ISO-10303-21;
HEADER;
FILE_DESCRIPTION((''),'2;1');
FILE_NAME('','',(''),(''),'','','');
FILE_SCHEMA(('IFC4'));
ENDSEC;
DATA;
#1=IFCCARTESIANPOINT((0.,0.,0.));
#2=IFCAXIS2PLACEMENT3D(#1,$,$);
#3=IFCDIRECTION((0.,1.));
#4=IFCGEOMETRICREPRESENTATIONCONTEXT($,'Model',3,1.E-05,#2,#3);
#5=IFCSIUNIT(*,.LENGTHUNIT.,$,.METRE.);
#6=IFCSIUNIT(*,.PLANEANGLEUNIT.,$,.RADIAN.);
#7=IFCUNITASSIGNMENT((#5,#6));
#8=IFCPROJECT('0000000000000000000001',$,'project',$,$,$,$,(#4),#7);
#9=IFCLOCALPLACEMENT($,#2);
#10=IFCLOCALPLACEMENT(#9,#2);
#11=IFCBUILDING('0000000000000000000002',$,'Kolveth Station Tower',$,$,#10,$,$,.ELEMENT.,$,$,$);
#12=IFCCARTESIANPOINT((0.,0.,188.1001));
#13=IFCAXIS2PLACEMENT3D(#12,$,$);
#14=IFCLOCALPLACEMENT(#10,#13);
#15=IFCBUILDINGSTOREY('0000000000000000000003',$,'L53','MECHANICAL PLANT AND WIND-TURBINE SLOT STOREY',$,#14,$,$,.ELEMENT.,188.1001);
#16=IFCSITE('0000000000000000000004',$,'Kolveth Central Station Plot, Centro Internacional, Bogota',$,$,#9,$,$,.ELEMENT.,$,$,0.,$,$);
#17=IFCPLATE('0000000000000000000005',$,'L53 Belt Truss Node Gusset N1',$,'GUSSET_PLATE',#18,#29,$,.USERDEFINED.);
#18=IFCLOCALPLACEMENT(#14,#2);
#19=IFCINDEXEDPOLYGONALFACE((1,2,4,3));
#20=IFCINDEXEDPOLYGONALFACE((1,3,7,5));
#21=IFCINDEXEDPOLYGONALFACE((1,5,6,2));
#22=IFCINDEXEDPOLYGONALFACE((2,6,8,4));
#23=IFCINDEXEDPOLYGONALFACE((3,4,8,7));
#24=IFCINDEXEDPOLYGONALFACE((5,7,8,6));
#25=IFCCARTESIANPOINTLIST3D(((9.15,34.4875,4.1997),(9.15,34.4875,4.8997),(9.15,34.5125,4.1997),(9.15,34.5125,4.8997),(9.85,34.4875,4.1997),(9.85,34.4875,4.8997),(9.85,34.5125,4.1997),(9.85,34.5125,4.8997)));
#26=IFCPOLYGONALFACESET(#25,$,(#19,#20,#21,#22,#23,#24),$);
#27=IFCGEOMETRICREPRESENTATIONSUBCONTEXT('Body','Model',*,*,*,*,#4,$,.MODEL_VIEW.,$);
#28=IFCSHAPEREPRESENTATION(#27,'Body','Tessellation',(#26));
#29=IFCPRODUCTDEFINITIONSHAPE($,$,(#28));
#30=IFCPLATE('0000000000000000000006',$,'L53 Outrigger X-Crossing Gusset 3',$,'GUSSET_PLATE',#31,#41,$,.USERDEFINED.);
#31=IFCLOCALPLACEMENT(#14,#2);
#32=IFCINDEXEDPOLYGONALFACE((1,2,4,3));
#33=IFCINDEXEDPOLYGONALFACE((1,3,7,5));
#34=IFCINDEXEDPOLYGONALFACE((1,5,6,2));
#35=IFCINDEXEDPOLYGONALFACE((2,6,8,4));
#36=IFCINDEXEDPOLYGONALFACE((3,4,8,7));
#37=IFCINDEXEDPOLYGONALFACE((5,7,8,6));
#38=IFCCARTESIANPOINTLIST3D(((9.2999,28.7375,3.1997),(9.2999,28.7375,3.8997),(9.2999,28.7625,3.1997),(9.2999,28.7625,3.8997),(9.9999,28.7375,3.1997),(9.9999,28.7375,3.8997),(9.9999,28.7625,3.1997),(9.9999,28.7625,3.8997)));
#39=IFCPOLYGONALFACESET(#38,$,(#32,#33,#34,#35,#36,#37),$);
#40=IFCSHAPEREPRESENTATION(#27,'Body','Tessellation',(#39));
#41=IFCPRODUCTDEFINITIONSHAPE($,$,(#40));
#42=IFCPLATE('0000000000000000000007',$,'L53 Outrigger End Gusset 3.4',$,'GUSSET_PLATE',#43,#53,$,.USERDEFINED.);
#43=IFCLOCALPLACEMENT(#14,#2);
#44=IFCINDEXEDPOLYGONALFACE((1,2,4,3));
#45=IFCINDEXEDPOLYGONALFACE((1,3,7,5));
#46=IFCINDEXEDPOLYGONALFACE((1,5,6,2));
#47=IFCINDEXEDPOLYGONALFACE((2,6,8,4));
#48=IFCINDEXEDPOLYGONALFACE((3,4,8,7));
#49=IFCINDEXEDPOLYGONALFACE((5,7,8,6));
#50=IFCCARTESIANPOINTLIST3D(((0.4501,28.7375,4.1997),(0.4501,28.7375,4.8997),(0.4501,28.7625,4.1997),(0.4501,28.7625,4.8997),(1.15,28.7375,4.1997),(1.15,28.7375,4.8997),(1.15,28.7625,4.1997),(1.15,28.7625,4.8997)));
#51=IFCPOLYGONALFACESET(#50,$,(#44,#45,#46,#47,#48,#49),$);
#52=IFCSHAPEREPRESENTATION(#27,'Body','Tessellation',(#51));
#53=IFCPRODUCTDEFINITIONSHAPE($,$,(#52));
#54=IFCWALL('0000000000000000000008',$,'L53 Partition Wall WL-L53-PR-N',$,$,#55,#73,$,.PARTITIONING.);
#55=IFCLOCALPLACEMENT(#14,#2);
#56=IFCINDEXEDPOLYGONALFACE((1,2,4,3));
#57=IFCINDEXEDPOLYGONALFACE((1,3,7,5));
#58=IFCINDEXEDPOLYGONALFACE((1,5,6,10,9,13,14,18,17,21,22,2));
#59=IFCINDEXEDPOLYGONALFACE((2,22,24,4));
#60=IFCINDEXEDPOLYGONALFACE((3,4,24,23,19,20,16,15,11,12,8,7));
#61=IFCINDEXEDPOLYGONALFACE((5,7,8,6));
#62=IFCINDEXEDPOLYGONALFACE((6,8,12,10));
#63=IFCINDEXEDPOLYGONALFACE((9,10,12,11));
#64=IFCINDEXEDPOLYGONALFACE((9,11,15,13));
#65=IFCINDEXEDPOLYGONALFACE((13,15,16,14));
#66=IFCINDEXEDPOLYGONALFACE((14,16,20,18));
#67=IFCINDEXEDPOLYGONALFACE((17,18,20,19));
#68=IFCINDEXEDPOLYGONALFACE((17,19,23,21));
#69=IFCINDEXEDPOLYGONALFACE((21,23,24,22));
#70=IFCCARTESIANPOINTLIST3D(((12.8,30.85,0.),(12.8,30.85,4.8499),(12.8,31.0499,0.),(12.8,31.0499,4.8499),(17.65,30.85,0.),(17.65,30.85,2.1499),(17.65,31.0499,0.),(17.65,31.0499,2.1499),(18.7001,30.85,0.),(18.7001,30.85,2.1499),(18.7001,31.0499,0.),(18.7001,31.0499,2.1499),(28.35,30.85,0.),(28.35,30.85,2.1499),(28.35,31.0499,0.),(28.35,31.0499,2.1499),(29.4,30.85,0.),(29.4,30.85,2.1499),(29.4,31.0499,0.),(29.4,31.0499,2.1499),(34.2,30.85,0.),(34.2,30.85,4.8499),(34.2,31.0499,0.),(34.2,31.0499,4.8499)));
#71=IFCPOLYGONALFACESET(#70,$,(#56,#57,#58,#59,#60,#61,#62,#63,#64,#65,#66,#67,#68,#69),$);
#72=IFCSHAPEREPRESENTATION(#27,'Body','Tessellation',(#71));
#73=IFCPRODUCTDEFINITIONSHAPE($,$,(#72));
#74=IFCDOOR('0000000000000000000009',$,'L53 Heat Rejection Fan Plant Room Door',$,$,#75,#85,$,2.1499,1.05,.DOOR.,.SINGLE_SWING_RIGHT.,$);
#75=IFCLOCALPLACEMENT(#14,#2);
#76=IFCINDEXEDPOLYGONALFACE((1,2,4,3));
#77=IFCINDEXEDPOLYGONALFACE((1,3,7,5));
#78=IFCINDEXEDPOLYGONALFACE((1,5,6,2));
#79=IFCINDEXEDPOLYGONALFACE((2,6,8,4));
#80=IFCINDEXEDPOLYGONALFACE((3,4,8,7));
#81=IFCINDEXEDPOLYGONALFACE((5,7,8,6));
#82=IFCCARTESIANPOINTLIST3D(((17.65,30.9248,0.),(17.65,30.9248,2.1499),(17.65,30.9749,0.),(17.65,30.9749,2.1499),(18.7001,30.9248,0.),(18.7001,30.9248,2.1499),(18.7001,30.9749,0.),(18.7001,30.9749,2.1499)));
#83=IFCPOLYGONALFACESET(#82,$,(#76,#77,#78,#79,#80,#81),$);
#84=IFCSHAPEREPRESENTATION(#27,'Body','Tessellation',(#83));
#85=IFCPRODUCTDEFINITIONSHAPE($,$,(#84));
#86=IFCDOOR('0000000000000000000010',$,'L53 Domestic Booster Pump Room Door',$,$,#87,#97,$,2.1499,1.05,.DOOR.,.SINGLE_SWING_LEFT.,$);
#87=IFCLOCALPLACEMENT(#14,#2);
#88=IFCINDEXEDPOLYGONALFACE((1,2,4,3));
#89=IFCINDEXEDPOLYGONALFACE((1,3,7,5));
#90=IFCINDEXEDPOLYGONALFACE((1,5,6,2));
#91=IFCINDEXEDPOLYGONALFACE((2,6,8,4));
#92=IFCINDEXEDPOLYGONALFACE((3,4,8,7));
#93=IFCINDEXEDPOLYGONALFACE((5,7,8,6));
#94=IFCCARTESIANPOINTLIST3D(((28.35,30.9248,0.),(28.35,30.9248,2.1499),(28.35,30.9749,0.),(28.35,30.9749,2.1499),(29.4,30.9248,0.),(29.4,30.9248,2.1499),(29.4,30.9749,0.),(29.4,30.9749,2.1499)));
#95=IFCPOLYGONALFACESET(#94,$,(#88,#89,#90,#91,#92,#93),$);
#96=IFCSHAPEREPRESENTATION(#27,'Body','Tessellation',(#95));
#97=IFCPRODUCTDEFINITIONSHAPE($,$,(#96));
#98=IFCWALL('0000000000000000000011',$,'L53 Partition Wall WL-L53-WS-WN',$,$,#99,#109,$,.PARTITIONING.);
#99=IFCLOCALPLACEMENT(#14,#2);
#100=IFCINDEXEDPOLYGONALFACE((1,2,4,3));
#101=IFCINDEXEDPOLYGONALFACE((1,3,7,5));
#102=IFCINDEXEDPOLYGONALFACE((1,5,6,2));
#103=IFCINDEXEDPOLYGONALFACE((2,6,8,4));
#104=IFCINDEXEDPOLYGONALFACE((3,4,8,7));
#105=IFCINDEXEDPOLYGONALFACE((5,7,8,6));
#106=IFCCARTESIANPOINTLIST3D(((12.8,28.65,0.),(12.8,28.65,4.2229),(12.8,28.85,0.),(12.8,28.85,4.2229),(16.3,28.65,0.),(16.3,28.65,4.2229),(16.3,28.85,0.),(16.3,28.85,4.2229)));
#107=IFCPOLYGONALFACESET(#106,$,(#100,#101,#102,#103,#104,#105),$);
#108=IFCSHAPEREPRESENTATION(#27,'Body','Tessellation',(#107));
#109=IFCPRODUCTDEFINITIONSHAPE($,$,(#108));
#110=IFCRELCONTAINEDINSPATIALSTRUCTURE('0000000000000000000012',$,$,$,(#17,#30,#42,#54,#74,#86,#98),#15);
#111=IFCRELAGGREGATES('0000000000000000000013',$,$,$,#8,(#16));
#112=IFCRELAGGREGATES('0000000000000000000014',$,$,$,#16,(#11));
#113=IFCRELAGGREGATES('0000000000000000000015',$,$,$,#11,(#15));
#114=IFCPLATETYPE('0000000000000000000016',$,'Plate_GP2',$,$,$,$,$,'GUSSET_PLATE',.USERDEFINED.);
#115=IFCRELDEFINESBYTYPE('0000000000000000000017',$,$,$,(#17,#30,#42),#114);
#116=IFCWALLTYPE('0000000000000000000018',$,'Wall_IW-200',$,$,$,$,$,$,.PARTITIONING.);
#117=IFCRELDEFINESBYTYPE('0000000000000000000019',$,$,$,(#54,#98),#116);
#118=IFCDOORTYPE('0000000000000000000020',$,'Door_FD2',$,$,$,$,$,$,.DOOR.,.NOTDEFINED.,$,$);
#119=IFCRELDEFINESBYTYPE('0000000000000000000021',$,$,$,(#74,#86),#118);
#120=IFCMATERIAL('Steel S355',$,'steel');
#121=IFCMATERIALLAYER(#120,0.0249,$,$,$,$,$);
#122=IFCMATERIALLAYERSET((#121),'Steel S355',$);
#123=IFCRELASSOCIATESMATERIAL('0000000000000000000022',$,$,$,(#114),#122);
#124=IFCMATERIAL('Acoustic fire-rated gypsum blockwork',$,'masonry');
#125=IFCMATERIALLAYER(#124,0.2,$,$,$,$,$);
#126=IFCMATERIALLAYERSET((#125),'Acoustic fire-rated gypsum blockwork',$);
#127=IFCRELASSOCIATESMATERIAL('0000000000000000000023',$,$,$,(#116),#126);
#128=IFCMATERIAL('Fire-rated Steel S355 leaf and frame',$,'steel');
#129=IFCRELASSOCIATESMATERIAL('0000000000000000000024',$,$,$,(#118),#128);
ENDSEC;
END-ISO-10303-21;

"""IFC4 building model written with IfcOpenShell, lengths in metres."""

from ifc_helpers import new_model, si_unit, direction, frame, frame_2d, origin, origin_2d, place, context, subcontext, project, spatial, rectangle, extrude, source, transform, mapped, material, layer, layer_set, type_object, element, fill, save


model = new_model("IFC4")

# Units and contexts
model_context = context("Model", 3, precision=1e-05, world=origin(), true_north=direction((0.0, 1.0)))
body_context = subcontext(model_context, "Body", "Model", "MODEL_VIEW")
ifc_project = project(units=[si_unit("LENGTHUNIT", "METRE"), si_unit("PLANEANGLEUNIT", "RADIAN")], contexts=[model_context])

# Site, building, storey
site_placement = place(None, origin())
site = spatial("IfcSite", under=ifc_project, at=site_placement, Name="Kolveth Central Station Plot, Centro Internacional, Bogota", CompositionType="ELEMENT", RefElevation=0.0)
building_placement = place(site_placement, origin())
building = spatial("IfcBuilding", under=site, at=building_placement, Name="Kolveth Station Tower", CompositionType="ELEMENT")
storey_placement = place(building_placement, frame((0.0, 0.0, 188.1001)))
storey = spatial("IfcBuildingStorey", under=building, at=storey_placement, Name="L53", Description="MECHANICAL PLANT AND WIND-TURBINE SLOT STOREY", CompositionType="ELEMENT", Elevation=188.1001)

# Shared definitions
ifc_material_1 = material(Name="Steel S355", Category="steel")

# Plates
ifc_layer_1 = layer(ifc_material_1, 0.0249)
ifc_layer_set_1 = layer_set([ifc_layer_1], Name="Steel S355")
plate_type = type_object("IfcPlateType", Name="Plate_GP2", ElementType="GUSSET_PLATE", PredefinedType="USERDEFINED", material=ifc_layer_set_1)
shared_shape_1 = source(origin(), body_context, "Body", "SweptSolid", [
    extrude(rectangle(XDim=0.7, YDim=0.0249, at=origin_2d()), origin(), (0.0, 0.0, 1.0), 0.7),
])
for number, where, z_axis, x_axis, name in (
    (1, (9.5, 34.5, 4.1997), (0.0, 0.0, 1.0), (1.0, 0.0, 0.0), "L53 Belt Truss Node Gusset N1"),
    (2, (9.6499, 28.75, 3.1997), (0.0, 0.0, 1.0), (1.0, 0.0, 0.0), "L53 Outrigger X-Crossing Gusset 3"),
    (3, (0.8, 28.75, 4.1997), (0.0, 0.0, 1.0), (1.0, 0.0, 0.0), "L53 Outrigger End Gusset 3.4"),
):
    element("IfcPlate", number, at=place(storey_placement, frame(where, z_axis=z_axis, x_axis=x_axis)), inside=storey, type_object=plate_type, Name=name, ObjectType="GUSSET_PLATE", PredefinedType="USERDEFINED", context=body_context, shape_type="MappedRepresentation", body=[
        mapped(shared_shape_1, transform((0.0, 0.0, 0.0), x_axis=(1.0, 0.0, 0.0), y_axis=(0.0, 1.0, 0.0), z_axis=(0.0, 0.0, 1.0), scale=1.0)),
    ])

# Wall, openings, doors
ifc_material_2 = material(Name="Acoustic fire-rated gypsum blockwork", Category="masonry")
ifc_layer_2 = layer(ifc_material_2, 0.2)
ifc_layer_set_2 = layer_set([ifc_layer_2], Name="Acoustic fire-rated gypsum blockwork")
wall_type = type_object("IfcWallType", Name="Wall_IW-200", PredefinedType="PARTITIONING", material=ifc_layer_set_2)
wall_1_placement = place(storey_placement, frame((12.8, 30.95, 0.0), z_axis=(0.0, 0.0, 1.0), x_axis=(1.0, 0.0, 0.0)))
wall_1 = element("IfcWall", 4, at=wall_1_placement, inside=storey, type_object=wall_type, Name="L53 Partition Wall WL-L53-PR-N", PredefinedType="PARTITIONING", context=body_context, shape_type="SweptSolid", body=[
    extrude(rectangle(XDim=21.3999, YDim=0.2, at=frame_2d((10.7, 0.0))), origin(), (0.0, 0.0, 1.0), 4.8499),
])
opening_1_placement = place(wall_1_placement, frame((4.8501, 0.0, 0.0)))
opening_1 = element("IfcOpeningElement", 5, at=opening_1_placement, cuts=wall_1, PredefinedType="OPENING", context=body_context, shape_type="SweptSolid", body=[
    extrude(rectangle(XDim=1.05, YDim=2.1499, at=frame_2d((0.5249, 1.075))), frame((0.0, 0.1099, 0.0), z_axis=(0.0, -1.0, 0.0), x_axis=(1.0, 0.0, 0.0)), (0.0, 0.0, 1.0), 0.22),
])
opening_2_placement = place(wall_1_placement, frame((15.55, 0.0, 0.0)))
opening_2 = element("IfcOpeningElement", 6, at=opening_2_placement, cuts=wall_1, PredefinedType="OPENING", context=body_context, shape_type="SweptSolid", body=[
    extrude(rectangle(XDim=1.05, YDim=2.1499, at=frame_2d((0.5249, 1.075))), frame((0.0, 0.1099, 0.0), z_axis=(0.0, -1.0, 0.0), x_axis=(1.0, 0.0, 0.0)), (0.0, 0.0, 1.0), 0.22),
])
ifc_material_3 = material(Name="Fire-rated Steel S355 leaf and frame", Category="steel")
door_type = type_object("IfcDoorType", Name="Door_FD2", OperationType="NOTDEFINED", PredefinedType="DOOR", material=ifc_material_3)
door_1_placement = place(opening_1_placement, origin())
door_1 = element("IfcDoor", 7, at=door_1_placement, inside=storey, type_object=door_type, Name="L53 Heat Rejection Fan Plant Room Door", OperationType="SINGLE_SWING_RIGHT", OverallHeight=2.1499, OverallWidth=1.05, PredefinedType="DOOR", context=body_context, shape_type="SweptSolid", body=[
    extrude(rectangle(XDim=1.05, YDim=2.1499, at=frame_2d((0.5249, 1.075))), frame((0.0, 0.0249, 0.0), z_axis=(0.0, -1.0, 0.0), x_axis=(1.0, 0.0, 0.0)), (0.0, 0.0, 1.0), 0.05),
])
fill(opening_1, door_1)
door_2_placement = place(opening_2_placement, origin())
door_2 = element("IfcDoor", 8, at=door_2_placement, inside=storey, type_object=door_type, Name="L53 Domestic Booster Pump Room Door", OperationType="SINGLE_SWING_LEFT", OverallHeight=2.1499, OverallWidth=1.05, PredefinedType="DOOR", context=body_context, shape_type="SweptSolid", body=[
    extrude(rectangle(XDim=1.05, YDim=2.1499, at=frame_2d((0.5249, 1.075))), frame((0.0, 0.0249, 0.0), z_axis=(0.0, -1.0, 0.0), x_axis=(1.0, 0.0, 0.0)), (0.0, 0.0, 1.0), 0.05),
])
fill(opening_2, door_2)

# Wall
wall_2_placement = place(storey_placement, frame((12.8, 28.75, 0.0), z_axis=(0.0, 0.0, 1.0), x_axis=(1.0, 0.0, 0.0)))
element("IfcWall", 9, at=wall_2_placement, inside=storey, type_object=wall_type, Name="L53 Partition Wall WL-L53-WS-WN", PredefinedType="PARTITIONING", context=body_context, shape_type="SweptSolid", body=[
    extrude(rectangle(XDim=3.5, YDim=0.2, at=frame_2d((1.75, 0.0))), origin(), (0.0, 0.0, 1.0), 4.2229),
])

save(model, "model.ifc")
